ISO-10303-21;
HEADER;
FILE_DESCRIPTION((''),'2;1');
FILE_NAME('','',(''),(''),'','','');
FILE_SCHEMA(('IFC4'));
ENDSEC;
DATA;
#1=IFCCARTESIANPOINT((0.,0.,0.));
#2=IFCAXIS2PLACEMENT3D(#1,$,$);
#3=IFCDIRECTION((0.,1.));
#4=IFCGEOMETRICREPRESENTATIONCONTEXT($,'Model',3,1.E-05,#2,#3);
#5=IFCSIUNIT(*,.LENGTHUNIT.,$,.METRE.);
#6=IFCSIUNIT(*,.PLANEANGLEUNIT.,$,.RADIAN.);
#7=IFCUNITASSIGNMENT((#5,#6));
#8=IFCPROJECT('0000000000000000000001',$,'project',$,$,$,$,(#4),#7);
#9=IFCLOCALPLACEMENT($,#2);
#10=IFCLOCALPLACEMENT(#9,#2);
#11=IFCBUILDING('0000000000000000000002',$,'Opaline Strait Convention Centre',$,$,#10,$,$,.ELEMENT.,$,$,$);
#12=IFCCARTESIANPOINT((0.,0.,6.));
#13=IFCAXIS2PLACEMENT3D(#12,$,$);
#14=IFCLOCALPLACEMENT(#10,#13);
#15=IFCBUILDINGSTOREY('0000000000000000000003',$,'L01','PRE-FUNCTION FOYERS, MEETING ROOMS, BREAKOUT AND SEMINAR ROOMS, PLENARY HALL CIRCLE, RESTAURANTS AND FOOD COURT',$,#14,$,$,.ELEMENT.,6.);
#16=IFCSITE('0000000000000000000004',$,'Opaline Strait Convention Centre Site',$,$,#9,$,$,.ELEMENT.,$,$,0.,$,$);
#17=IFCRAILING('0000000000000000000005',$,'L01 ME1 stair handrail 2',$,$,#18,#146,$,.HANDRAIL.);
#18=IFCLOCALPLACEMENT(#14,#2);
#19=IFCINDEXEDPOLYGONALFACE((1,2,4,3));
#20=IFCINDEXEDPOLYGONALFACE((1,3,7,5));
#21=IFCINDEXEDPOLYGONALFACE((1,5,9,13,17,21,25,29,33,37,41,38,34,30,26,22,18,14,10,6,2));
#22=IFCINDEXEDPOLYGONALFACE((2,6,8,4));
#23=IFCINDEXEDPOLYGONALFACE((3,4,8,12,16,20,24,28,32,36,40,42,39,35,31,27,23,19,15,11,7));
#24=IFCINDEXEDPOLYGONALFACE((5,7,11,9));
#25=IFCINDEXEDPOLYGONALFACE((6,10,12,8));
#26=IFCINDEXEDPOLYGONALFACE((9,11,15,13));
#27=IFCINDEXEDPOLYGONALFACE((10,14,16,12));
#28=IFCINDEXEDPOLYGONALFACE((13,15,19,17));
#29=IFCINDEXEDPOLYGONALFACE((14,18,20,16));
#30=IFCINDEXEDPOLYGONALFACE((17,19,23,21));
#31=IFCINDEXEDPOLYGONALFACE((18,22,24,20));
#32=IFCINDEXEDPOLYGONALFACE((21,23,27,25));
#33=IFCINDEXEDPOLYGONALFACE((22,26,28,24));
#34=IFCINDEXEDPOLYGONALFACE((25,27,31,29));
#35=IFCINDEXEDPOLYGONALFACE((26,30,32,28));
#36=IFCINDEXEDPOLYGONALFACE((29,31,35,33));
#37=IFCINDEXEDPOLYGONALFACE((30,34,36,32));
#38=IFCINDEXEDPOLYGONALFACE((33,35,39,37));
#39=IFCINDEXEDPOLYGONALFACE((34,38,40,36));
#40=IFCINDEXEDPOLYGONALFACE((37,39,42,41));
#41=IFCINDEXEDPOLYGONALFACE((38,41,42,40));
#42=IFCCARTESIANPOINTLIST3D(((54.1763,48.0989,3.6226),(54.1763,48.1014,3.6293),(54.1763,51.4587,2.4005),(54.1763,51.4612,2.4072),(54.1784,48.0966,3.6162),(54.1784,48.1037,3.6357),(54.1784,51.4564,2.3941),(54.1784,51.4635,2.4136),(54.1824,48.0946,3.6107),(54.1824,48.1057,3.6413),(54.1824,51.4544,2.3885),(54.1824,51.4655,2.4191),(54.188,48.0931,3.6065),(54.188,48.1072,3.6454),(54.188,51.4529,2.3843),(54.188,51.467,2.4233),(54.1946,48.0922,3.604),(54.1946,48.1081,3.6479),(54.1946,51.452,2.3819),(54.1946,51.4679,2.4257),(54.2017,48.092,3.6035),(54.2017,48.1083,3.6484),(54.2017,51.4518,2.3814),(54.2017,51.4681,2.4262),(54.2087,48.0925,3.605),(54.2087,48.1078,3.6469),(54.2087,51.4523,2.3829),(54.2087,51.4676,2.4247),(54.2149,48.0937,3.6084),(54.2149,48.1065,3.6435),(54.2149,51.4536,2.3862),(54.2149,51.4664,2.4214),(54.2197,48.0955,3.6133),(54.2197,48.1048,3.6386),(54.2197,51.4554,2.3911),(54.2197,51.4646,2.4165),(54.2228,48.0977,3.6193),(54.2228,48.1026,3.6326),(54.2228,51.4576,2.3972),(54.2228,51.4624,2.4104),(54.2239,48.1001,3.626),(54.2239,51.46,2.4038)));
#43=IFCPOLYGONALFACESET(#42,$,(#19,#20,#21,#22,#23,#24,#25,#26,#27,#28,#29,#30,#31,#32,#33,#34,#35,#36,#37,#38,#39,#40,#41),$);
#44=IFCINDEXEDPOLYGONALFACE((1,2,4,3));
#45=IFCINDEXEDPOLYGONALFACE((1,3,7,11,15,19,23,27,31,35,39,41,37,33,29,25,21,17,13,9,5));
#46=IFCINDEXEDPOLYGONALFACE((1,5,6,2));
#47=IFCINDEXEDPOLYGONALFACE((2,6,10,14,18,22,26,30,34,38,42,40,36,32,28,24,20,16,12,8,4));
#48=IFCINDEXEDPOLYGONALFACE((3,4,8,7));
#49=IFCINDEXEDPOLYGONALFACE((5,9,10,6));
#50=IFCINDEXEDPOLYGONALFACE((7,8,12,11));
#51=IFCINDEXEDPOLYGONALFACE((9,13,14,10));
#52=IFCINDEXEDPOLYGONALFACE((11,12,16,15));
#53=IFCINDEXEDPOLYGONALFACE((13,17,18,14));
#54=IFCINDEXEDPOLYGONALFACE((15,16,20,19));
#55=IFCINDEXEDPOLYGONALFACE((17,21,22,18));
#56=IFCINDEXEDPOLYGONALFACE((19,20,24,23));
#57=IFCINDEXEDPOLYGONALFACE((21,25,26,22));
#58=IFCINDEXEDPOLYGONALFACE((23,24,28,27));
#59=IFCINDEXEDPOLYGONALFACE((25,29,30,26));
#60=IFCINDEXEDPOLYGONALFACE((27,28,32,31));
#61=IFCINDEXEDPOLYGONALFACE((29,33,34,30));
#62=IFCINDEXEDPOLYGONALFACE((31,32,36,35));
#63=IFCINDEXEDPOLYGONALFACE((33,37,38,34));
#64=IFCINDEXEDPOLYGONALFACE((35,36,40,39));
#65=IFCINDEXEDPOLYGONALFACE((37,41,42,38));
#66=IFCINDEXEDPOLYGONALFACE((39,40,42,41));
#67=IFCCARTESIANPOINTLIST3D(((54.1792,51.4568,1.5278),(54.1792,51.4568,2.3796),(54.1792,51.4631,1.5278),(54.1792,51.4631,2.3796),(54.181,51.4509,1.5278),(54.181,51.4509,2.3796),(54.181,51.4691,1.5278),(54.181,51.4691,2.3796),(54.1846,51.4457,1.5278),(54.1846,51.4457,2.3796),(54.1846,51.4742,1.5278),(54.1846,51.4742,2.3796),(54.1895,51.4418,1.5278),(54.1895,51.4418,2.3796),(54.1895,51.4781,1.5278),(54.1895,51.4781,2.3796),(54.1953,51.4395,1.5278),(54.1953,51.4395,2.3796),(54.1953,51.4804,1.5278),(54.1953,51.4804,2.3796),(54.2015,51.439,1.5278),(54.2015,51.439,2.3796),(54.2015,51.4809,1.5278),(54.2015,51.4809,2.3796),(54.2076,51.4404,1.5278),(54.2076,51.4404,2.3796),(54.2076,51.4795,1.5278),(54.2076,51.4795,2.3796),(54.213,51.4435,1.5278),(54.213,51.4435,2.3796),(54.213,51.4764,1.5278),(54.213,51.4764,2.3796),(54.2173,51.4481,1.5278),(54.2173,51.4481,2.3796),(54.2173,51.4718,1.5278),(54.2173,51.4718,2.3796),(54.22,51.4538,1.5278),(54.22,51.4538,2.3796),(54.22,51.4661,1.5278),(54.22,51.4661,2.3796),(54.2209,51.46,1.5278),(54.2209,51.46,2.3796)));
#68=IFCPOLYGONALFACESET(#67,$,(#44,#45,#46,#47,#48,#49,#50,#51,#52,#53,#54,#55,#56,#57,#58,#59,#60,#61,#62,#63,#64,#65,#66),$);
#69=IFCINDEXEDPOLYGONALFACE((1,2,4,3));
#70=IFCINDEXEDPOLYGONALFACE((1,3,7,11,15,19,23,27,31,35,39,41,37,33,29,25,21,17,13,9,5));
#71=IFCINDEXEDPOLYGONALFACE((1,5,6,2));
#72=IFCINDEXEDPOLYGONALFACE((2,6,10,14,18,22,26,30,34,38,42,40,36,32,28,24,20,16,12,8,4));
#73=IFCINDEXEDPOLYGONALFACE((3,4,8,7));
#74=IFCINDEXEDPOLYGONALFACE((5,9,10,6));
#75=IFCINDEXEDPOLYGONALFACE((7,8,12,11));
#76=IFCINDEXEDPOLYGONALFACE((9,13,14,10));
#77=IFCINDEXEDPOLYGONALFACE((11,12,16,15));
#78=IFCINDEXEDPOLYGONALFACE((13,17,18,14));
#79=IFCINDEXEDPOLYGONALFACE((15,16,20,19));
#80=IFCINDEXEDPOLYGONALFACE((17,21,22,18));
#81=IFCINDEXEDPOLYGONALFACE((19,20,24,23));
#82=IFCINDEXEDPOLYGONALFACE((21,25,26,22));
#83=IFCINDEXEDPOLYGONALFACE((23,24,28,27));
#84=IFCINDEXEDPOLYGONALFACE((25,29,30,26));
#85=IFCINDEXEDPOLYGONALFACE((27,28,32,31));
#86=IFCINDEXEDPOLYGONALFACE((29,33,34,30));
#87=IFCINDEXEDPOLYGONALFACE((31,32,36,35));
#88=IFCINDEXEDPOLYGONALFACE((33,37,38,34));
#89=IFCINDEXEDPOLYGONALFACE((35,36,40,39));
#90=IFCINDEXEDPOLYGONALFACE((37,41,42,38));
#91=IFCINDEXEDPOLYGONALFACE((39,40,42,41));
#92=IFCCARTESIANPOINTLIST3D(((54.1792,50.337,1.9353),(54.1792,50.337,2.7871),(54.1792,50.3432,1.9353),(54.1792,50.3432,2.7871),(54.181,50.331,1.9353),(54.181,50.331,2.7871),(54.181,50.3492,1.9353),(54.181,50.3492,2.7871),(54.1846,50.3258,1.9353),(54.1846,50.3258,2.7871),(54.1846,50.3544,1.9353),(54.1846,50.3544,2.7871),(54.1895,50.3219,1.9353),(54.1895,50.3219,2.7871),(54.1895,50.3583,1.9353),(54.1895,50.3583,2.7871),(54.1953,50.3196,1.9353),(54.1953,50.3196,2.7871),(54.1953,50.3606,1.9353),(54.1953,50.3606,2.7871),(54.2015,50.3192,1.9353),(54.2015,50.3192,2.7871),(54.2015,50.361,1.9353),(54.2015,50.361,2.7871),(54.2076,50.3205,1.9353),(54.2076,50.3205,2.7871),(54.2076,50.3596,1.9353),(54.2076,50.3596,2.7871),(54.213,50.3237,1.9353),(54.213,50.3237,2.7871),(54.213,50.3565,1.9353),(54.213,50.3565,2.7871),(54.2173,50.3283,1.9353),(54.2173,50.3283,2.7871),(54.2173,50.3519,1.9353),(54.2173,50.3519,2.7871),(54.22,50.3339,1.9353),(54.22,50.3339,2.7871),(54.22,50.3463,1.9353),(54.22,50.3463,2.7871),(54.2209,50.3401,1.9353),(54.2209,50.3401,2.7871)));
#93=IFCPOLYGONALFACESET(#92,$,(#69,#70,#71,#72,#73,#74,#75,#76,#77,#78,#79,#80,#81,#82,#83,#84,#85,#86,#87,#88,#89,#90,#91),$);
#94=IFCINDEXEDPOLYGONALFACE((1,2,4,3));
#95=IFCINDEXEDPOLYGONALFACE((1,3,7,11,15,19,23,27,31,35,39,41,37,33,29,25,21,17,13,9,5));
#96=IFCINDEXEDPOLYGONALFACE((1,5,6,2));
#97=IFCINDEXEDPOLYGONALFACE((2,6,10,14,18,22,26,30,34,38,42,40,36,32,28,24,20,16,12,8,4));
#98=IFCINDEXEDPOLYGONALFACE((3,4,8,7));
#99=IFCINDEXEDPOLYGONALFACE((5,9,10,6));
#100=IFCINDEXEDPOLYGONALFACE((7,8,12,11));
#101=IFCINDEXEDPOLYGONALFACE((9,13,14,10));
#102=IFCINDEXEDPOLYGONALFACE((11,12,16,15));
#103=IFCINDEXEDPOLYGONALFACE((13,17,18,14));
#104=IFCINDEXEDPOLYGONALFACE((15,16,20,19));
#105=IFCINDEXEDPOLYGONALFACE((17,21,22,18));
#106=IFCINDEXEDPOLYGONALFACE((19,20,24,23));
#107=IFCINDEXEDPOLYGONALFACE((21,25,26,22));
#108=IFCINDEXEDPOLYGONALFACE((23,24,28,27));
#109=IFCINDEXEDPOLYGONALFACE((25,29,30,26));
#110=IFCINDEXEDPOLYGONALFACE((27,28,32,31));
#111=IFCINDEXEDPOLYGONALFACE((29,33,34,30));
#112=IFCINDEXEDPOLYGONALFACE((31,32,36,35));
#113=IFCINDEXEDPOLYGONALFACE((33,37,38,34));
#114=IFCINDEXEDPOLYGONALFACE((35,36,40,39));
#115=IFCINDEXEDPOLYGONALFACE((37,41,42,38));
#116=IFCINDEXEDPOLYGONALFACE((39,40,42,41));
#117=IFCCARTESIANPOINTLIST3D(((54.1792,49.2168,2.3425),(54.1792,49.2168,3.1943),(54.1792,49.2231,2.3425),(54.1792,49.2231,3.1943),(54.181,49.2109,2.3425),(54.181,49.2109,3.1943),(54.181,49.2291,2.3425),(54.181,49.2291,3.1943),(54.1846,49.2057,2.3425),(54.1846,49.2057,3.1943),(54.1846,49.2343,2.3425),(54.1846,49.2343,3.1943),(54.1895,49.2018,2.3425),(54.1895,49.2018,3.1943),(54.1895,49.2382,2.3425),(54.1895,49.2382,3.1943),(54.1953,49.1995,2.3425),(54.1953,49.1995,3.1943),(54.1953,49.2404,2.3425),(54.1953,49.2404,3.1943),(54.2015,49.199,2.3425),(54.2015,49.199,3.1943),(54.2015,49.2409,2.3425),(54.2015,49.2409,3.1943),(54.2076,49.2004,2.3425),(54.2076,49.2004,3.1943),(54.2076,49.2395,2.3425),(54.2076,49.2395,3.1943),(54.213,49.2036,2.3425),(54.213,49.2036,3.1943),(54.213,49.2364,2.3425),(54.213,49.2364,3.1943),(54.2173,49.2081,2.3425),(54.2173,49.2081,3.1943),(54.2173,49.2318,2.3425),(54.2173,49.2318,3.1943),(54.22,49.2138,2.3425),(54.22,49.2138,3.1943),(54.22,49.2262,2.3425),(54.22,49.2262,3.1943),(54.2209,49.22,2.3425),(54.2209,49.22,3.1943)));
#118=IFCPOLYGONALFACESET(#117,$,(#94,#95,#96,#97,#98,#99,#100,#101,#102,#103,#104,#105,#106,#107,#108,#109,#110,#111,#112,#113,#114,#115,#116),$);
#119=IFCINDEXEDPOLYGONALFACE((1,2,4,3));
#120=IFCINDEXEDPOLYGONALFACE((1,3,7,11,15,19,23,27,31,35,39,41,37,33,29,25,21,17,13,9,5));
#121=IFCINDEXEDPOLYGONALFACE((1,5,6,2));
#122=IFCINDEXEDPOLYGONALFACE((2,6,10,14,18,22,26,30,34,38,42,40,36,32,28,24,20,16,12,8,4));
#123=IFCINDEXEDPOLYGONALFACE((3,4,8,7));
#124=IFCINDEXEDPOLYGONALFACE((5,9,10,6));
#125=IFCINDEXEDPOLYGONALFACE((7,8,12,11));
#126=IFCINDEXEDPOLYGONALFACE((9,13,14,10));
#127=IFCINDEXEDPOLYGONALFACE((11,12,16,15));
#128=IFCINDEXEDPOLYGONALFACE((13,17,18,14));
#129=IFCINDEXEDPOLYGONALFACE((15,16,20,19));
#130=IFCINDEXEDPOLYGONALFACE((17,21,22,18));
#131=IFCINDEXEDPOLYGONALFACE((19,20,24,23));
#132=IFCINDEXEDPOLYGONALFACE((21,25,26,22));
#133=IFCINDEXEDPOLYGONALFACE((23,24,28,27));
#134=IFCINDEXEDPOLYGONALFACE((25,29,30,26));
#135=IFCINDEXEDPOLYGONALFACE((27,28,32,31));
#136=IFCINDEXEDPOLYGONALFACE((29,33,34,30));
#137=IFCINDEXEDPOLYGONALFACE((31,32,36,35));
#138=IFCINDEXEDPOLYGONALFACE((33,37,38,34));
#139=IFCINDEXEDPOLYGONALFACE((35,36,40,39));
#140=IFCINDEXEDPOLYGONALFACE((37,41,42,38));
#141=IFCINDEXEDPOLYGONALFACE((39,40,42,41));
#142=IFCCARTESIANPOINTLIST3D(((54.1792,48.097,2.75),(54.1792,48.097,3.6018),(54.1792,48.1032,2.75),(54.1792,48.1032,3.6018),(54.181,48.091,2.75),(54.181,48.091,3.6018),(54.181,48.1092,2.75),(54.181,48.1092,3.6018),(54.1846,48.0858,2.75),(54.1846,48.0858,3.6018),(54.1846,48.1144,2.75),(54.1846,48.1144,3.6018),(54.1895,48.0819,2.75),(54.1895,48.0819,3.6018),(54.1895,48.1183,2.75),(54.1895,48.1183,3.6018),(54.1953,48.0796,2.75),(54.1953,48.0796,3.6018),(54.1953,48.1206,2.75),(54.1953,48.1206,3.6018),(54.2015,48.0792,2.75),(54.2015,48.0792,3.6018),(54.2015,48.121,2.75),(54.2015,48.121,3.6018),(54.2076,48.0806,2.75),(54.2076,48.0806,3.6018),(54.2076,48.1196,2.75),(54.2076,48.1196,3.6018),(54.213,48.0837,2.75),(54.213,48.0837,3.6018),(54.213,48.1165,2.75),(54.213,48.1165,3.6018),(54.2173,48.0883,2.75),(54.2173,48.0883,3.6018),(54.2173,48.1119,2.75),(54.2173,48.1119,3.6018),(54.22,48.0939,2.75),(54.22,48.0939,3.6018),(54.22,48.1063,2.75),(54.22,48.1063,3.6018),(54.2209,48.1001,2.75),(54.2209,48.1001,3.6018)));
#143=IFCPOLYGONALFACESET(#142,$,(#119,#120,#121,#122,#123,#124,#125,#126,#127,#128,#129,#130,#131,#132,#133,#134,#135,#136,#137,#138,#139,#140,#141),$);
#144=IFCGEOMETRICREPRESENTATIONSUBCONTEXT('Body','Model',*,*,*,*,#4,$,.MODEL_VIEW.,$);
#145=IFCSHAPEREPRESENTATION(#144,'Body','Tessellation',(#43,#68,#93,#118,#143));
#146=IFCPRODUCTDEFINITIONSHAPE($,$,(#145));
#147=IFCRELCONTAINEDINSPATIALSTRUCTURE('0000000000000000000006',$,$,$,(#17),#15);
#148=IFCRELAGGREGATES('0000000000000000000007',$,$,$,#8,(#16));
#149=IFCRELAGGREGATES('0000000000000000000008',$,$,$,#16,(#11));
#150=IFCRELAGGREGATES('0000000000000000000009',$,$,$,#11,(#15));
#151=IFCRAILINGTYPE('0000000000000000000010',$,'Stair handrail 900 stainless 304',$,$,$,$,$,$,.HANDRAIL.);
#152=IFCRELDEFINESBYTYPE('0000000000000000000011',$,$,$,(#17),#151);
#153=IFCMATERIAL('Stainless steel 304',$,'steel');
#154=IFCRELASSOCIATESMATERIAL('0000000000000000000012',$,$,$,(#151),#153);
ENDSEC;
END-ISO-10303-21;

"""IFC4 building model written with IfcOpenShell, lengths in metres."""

from ifc_helpers import new_model, si_unit, direction, frame, origin, origin_2d, place, context, subcontext, project, spatial, circle, extrude, material, type_object, element, save


model = new_model("IFC4")

# Units and contexts
model_context = context("Model", 3, precision=1e-05, world=origin(), true_north=direction((0.0, 1.0)))
body_context = subcontext(model_context, "Body", "Model", "MODEL_VIEW")
ifc_project = project(units=[si_unit("LENGTHUNIT", "METRE"), si_unit("PLANEANGLEUNIT", "RADIAN")], contexts=[model_context])

# Site, building, storey
site_placement = place(None, origin())
site = spatial("IfcSite", under=ifc_project, at=site_placement, Name="Opaline Strait Convention Centre Site", CompositionType="ELEMENT", RefElevation=0.0)
building_placement = place(site_placement, origin())
building = spatial("IfcBuilding", under=site, at=building_placement, Name="Opaline Strait Convention Centre", CompositionType="ELEMENT")
storey_placement = place(building_placement, frame((0.0, 0.0, 6.0)))
storey = spatial("IfcBuildingStorey", under=building, at=storey_placement, Name="L01", Description="PRE-FUNCTION FOYERS, MEETING ROOMS, BREAKOUT AND SEMINAR ROOMS, PLENARY HALL CIRCLE, RESTAURANTS AND FOOD COURT", CompositionType="ELEMENT", Elevation=6.0)

# Railing
ifc_material_1 = material(Name="Stainless steel 304", Category="steel")
railing_type_1 = type_object("IfcRailingType", Name="Stair handrail 900 stainless 304", PredefinedType="HANDRAIL", material=ifc_material_1)
for number, where, name in (
    (1, (54.2, 51.46, 1.5278), "L01 ME1 stair handrail 2"),
):
    element("IfcRailing", number, at=place(storey_placement, frame(where)), inside=storey, type_object=railing_type_1, Name=name, PredefinedType="HANDRAIL", context=body_context, shape_type="SweptSolid", body=[
        extrude(circle(Radius=0.0239, at=origin_2d()), frame((0.0, 0.0, 0.876), z_axis=(0.0, -0.939758, 0.341842), x_axis=(1.0, 0.0, 0.0)), (0.0, 0.0, 1.0), 3.5752),
        extrude(circle(Radius=0.021, at=origin_2d()), origin(), (0.0, 0.0, 1.0), 0.8518),
        extrude(circle(Radius=0.021, at=origin_2d()), frame((0.0, -1.1199, 0.4075)), (0.0, 0.0, 1.0), 0.8518),
        extrude(circle(Radius=0.021, at=origin_2d()), frame((0.0, -2.24, 0.8147)), (0.0, 0.0, 1.0), 0.8518),
        extrude(circle(Radius=0.021, at=origin_2d()), frame((0.0, -3.3599, 1.2222)), (0.0, 0.0, 1.0), 0.8518),
    ])

save(model, "model.ifc")
